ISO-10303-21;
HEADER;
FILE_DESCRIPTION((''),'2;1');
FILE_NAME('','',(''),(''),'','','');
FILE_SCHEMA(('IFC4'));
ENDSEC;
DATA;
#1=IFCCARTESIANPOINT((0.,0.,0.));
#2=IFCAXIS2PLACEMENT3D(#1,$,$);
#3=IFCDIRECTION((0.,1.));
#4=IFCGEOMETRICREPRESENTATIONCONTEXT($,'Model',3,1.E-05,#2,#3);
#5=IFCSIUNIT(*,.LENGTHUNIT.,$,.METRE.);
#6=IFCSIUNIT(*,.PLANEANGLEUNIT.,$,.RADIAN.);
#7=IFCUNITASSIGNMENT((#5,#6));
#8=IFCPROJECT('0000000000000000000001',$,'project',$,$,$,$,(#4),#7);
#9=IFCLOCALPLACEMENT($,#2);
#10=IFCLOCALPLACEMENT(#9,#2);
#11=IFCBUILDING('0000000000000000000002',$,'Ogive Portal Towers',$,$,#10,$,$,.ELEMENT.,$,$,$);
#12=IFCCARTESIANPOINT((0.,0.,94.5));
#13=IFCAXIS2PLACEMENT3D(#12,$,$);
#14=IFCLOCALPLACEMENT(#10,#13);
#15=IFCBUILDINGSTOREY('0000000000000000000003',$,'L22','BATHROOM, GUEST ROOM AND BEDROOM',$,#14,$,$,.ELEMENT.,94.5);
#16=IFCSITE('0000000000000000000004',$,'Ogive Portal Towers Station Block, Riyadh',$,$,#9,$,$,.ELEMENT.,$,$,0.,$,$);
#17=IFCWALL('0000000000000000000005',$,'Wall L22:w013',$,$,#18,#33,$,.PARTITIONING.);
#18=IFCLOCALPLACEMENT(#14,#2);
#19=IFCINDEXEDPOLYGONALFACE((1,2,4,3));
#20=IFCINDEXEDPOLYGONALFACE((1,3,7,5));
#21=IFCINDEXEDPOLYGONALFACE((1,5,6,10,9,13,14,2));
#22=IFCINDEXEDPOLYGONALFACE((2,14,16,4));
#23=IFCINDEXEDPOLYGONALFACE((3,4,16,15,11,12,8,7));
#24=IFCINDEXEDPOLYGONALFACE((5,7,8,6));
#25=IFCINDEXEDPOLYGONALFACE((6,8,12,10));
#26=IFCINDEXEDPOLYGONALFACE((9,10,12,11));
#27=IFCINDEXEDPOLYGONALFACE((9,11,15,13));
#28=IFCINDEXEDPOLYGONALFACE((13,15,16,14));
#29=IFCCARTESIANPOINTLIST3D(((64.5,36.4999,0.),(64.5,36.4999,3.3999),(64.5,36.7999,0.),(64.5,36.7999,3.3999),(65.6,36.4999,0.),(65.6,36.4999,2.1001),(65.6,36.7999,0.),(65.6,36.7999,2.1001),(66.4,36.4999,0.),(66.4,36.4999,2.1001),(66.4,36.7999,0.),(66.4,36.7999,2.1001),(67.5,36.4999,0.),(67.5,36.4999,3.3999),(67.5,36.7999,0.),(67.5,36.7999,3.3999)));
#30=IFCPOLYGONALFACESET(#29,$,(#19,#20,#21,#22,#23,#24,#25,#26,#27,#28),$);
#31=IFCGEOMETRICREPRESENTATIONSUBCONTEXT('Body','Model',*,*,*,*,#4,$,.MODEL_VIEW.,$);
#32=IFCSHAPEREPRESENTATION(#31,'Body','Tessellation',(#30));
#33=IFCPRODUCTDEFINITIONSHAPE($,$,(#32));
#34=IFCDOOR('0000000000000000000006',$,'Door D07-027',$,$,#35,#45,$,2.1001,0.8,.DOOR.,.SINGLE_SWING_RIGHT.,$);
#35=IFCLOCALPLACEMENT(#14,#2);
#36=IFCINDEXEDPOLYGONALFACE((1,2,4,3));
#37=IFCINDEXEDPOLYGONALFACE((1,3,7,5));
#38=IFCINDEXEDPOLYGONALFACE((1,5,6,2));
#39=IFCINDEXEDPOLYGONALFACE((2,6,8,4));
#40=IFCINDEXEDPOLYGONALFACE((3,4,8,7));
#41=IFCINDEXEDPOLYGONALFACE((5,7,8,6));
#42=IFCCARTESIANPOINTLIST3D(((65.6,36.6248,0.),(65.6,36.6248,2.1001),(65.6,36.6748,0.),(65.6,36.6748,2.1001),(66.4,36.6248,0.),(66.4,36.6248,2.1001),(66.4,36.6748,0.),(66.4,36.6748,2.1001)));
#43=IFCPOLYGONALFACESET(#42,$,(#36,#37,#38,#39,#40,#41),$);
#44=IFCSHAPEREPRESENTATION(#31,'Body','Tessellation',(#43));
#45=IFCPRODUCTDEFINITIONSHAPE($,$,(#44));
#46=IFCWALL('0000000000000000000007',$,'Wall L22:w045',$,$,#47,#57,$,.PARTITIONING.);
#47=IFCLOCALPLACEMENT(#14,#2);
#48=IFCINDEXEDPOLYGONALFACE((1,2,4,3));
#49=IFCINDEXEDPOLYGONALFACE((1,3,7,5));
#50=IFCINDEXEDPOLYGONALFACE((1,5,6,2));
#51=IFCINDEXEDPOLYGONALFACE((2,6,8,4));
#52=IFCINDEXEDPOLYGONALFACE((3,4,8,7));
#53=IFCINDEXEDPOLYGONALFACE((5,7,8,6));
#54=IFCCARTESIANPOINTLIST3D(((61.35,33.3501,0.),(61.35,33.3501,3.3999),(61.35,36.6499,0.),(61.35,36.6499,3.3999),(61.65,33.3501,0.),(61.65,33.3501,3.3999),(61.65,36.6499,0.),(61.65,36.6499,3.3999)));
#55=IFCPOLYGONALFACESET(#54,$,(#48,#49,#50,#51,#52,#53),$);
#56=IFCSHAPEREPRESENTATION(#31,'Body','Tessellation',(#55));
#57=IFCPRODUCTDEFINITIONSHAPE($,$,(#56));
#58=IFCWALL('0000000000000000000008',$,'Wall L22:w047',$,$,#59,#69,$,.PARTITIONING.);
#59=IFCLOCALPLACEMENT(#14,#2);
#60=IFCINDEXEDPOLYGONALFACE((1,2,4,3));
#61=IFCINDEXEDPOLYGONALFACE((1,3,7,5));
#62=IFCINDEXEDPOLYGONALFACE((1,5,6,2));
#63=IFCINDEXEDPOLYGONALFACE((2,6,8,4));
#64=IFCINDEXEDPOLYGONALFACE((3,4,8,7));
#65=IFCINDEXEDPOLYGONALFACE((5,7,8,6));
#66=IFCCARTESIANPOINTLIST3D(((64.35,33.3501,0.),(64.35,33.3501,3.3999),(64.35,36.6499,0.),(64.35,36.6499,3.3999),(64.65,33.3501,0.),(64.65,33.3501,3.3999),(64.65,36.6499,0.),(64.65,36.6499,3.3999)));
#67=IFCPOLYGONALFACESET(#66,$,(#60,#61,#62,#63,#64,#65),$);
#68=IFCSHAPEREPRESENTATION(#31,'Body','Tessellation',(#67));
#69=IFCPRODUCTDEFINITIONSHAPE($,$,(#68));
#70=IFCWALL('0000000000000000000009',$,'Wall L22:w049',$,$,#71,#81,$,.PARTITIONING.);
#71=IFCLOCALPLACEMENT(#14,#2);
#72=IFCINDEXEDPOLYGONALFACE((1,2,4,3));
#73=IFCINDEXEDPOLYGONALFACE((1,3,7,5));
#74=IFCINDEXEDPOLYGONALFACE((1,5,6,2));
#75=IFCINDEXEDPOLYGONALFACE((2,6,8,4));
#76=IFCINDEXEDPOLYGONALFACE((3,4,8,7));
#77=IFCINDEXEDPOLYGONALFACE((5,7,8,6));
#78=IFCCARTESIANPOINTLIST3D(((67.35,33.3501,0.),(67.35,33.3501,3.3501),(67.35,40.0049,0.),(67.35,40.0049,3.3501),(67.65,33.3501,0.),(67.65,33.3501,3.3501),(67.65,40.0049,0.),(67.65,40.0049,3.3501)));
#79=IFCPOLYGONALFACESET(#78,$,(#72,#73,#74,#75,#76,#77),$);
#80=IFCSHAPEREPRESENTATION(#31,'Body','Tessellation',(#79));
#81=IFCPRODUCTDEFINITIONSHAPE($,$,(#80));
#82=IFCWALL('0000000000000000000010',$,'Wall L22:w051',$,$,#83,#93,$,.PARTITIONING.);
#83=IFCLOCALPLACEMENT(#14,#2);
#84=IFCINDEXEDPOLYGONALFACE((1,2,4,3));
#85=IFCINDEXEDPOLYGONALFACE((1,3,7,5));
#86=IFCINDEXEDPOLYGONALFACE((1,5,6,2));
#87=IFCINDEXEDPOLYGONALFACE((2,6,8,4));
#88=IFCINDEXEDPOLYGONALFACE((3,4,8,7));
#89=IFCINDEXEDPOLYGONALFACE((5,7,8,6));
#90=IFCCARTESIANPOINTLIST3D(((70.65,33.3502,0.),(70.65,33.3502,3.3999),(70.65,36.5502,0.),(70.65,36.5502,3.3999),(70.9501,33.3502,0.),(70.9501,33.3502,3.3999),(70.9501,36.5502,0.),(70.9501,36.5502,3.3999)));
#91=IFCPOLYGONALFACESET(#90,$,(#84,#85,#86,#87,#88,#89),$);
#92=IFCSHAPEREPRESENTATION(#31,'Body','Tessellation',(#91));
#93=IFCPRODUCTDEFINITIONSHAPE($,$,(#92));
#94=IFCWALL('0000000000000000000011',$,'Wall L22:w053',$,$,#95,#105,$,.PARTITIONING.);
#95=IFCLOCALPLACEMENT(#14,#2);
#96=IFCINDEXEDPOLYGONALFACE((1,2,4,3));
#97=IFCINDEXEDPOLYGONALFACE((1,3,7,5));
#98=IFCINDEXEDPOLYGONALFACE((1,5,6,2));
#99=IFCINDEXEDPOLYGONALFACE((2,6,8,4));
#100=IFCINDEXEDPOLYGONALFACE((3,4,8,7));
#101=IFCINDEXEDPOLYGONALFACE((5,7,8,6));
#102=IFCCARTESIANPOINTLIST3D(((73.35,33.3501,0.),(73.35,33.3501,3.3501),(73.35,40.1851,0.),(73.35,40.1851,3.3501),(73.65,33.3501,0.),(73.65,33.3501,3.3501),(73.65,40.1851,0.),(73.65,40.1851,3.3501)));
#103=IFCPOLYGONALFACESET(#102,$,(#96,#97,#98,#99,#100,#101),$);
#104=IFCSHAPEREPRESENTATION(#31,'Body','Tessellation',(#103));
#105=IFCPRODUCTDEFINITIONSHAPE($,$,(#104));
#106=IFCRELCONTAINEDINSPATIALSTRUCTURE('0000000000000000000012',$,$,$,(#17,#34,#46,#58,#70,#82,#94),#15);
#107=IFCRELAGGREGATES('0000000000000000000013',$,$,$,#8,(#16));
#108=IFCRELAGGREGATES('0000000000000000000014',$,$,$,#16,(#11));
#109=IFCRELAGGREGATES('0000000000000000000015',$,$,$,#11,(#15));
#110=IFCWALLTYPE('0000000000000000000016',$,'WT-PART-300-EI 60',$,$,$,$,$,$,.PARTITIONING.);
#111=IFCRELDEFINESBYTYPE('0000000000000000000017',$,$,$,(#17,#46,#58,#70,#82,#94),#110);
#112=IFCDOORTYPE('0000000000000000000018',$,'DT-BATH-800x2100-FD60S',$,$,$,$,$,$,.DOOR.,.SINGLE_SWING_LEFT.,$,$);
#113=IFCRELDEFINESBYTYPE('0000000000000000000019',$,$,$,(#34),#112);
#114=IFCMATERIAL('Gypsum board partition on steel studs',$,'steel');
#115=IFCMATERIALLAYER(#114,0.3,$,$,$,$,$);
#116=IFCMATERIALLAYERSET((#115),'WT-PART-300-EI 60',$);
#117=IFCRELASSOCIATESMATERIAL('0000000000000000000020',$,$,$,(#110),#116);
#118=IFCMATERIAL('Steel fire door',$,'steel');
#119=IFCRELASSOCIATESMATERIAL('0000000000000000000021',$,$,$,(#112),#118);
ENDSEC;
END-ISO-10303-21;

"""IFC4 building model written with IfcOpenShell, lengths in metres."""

from ifc_helpers import new_model, si_unit, direction, frame, frame_2d, origin, place, context, subcontext, project, spatial, rectangle, extrude, material, layer, layer_set, type_object, element, fill, save


model = new_model("IFC4")

# Units and contexts
model_context = context("Model", 3, precision=1e-05, world=origin(), true_north=direction((0.0, 1.0)))
body_context = subcontext(model_context, "Body", "Model", "MODEL_VIEW")
ifc_project = project(units=[si_unit("LENGTHUNIT", "METRE"), si_unit("PLANEANGLEUNIT", "RADIAN")], contexts=[model_context])

# Site, building, storey
site_placement = place(None, origin())
site = spatial("IfcSite", under=ifc_project, at=site_placement, Name="Ogive Portal Towers Station Block, Riyadh", CompositionType="ELEMENT", RefElevation=0.0)
building_placement = place(site_placement, origin())
building = spatial("IfcBuilding", under=site, at=building_placement, Name="Ogive Portal Towers", CompositionType="ELEMENT")
storey_placement = place(building_placement, frame((0.0, 0.0, 94.5)))
storey = spatial("IfcBuildingStorey", under=building, at=storey_placement, Name="L22", Description="BATHROOM, GUEST ROOM AND BEDROOM", CompositionType="ELEMENT", Elevation=94.5)

# Shared definitions
ifc_material_1 = material(Name="Gypsum board partition on steel studs", Category="steel")
ifc_material_2 = material(Name="Steel fire door", Category="steel")

# Wall, opening, door
ifc_layer_1 = layer(ifc_material_1, 0.3)
ifc_layer_set_1 = layer_set([ifc_layer_1], Name="WT-PART-300-EI 60")
wall_type_1 = type_object("IfcWallType", Name="WT-PART-300-EI 60", PredefinedType="PARTITIONING", material=ifc_layer_set_1)
door_type_1 = type_object("IfcDoorType", Name="DT-BATH-800x2100-FD60S", OperationType="SINGLE_SWING_LEFT", PredefinedType="DOOR", material=ifc_material_2)
wall_1_placement = place(storey_placement, frame((64.5, 36.6499, 0.0), z_axis=(0.0, 0.0, 1.0), x_axis=(1.0, 0.0, 0.0)))
wall_1 = element("IfcWall", 1, at=wall_1_placement, inside=storey, type_object=wall_type_1, Name="Wall L22:w013", PredefinedType="PARTITIONING", context=body_context, shape_type="SweptSolid", body=[
    extrude(rectangle(XDim=3.0, YDim=0.3, at=frame_2d((1.5, 0.0))), origin(), (0.0, 0.0, 1.0), 3.3999),
])
opening_1_placement = place(wall_1_placement, frame((1.1001, 0.0, 0.0)))
opening_1 = element("IfcOpeningElement", 2, at=opening_1_placement, cuts=wall_1, PredefinedType="OPENING", context=body_context, shape_type="SweptSolid", body=[
    extrude(rectangle(XDim=0.8, YDim=2.1001, at=frame_2d((0.3999, 1.05))), frame((0.0, 0.1602, 0.0), z_axis=(0.0, -1.0, 0.0), x_axis=(1.0, 0.0, 0.0)), (0.0, 0.0, 1.0), 0.3201),
])
door_1_placement = place(opening_1_placement, origin())
door_1 = element("IfcDoor", 3, at=door_1_placement, inside=storey, type_object=door_type_1, Name="Door D07-027", OperationType="SINGLE_SWING_RIGHT", OverallHeight=2.1001, OverallWidth=0.8, PredefinedType="DOOR", context=body_context, shape_type="SweptSolid", body=[
    extrude(rectangle(XDim=0.8, YDim=2.1001, at=frame_2d((0.3999, 1.05))), frame((0.0, 0.0249, 0.0), z_axis=(0.0, -1.0, 0.0), x_axis=(1.0, 0.0, 0.0)), (0.0, 0.0, 1.0), 0.05),
])
fill(opening_1, door_1)

# Walls
for number, where, z_axis, x_axis, name in (
    (4, (61.5, 33.3501, 0.0), (0.0, 0.0, 1.0), (0.0, 1.0, 0.0), "Wall L22:w045"),
    (5, (64.5, 33.3501, 0.0), (0.0, 0.0, 1.0), (0.0, 1.0, 0.0), "Wall L22:w047"),
):
    element("IfcWall", number, at=place(storey_placement, frame(where, z_axis=z_axis, x_axis=x_axis)), inside=storey, type_object=wall_type_1, Name=name, PredefinedType="PARTITIONING", context=body_context, shape_type="SweptSolid", body=[
        extrude(rectangle(XDim=3.2998, YDim=0.3, at=frame_2d((1.6499, 0.0))), origin(), (0.0, 0.0, 1.0), 3.3999),
    ])
wall_2_placement = place(storey_placement, frame((67.5, 33.3501, 0.0), z_axis=(0.0, 0.0, 1.0), x_axis=(0.0, 1.0, 0.0)))
element("IfcWall", 6, at=wall_2_placement, inside=storey, type_object=wall_type_1, Name="Wall L22:w049", PredefinedType="PARTITIONING", context=body_context, shape_type="SweptSolid", body=[
    extrude(rectangle(XDim=6.6548, YDim=0.3, at=frame_2d((3.3274, 0.0))), origin(), (0.0, 0.0, 1.0), 3.3501),
])
wall_3_placement = place(storey_placement, frame((70.8, 33.3501, 0.0), z_axis=(0.0, 0.0, 1.0), x_axis=(0.0, 1.0, 0.0)))
element("IfcWall", 7, at=wall_3_placement, inside=storey, type_object=wall_type_1, Name="Wall L22:w051", PredefinedType="PARTITIONING", context=body_context, shape_type="SweptSolid", body=[
    extrude(rectangle(XDim=3.2, YDim=0.3, at=frame_2d((1.6001, 0.0))), origin(), (0.0, 0.0, 1.0), 3.3999),
])
wall_4_placement = place(storey_placement, frame((73.5, 33.3501, 0.0), z_axis=(0.0, 0.0, 1.0), x_axis=(0.0, 1.0, 0.0)))
element("IfcWall", 8, at=wall_4_placement, inside=storey, type_object=wall_type_1, Name="Wall L22:w053", PredefinedType="PARTITIONING", context=body_context, shape_type="SweptSolid", body=[
    extrude(rectangle(XDim=6.835, YDim=0.3, at=frame_2d((3.4175, 0.0))), origin(), (0.0, 0.0, 1.0), 3.3501),
])

save(model, "model.ifc")
